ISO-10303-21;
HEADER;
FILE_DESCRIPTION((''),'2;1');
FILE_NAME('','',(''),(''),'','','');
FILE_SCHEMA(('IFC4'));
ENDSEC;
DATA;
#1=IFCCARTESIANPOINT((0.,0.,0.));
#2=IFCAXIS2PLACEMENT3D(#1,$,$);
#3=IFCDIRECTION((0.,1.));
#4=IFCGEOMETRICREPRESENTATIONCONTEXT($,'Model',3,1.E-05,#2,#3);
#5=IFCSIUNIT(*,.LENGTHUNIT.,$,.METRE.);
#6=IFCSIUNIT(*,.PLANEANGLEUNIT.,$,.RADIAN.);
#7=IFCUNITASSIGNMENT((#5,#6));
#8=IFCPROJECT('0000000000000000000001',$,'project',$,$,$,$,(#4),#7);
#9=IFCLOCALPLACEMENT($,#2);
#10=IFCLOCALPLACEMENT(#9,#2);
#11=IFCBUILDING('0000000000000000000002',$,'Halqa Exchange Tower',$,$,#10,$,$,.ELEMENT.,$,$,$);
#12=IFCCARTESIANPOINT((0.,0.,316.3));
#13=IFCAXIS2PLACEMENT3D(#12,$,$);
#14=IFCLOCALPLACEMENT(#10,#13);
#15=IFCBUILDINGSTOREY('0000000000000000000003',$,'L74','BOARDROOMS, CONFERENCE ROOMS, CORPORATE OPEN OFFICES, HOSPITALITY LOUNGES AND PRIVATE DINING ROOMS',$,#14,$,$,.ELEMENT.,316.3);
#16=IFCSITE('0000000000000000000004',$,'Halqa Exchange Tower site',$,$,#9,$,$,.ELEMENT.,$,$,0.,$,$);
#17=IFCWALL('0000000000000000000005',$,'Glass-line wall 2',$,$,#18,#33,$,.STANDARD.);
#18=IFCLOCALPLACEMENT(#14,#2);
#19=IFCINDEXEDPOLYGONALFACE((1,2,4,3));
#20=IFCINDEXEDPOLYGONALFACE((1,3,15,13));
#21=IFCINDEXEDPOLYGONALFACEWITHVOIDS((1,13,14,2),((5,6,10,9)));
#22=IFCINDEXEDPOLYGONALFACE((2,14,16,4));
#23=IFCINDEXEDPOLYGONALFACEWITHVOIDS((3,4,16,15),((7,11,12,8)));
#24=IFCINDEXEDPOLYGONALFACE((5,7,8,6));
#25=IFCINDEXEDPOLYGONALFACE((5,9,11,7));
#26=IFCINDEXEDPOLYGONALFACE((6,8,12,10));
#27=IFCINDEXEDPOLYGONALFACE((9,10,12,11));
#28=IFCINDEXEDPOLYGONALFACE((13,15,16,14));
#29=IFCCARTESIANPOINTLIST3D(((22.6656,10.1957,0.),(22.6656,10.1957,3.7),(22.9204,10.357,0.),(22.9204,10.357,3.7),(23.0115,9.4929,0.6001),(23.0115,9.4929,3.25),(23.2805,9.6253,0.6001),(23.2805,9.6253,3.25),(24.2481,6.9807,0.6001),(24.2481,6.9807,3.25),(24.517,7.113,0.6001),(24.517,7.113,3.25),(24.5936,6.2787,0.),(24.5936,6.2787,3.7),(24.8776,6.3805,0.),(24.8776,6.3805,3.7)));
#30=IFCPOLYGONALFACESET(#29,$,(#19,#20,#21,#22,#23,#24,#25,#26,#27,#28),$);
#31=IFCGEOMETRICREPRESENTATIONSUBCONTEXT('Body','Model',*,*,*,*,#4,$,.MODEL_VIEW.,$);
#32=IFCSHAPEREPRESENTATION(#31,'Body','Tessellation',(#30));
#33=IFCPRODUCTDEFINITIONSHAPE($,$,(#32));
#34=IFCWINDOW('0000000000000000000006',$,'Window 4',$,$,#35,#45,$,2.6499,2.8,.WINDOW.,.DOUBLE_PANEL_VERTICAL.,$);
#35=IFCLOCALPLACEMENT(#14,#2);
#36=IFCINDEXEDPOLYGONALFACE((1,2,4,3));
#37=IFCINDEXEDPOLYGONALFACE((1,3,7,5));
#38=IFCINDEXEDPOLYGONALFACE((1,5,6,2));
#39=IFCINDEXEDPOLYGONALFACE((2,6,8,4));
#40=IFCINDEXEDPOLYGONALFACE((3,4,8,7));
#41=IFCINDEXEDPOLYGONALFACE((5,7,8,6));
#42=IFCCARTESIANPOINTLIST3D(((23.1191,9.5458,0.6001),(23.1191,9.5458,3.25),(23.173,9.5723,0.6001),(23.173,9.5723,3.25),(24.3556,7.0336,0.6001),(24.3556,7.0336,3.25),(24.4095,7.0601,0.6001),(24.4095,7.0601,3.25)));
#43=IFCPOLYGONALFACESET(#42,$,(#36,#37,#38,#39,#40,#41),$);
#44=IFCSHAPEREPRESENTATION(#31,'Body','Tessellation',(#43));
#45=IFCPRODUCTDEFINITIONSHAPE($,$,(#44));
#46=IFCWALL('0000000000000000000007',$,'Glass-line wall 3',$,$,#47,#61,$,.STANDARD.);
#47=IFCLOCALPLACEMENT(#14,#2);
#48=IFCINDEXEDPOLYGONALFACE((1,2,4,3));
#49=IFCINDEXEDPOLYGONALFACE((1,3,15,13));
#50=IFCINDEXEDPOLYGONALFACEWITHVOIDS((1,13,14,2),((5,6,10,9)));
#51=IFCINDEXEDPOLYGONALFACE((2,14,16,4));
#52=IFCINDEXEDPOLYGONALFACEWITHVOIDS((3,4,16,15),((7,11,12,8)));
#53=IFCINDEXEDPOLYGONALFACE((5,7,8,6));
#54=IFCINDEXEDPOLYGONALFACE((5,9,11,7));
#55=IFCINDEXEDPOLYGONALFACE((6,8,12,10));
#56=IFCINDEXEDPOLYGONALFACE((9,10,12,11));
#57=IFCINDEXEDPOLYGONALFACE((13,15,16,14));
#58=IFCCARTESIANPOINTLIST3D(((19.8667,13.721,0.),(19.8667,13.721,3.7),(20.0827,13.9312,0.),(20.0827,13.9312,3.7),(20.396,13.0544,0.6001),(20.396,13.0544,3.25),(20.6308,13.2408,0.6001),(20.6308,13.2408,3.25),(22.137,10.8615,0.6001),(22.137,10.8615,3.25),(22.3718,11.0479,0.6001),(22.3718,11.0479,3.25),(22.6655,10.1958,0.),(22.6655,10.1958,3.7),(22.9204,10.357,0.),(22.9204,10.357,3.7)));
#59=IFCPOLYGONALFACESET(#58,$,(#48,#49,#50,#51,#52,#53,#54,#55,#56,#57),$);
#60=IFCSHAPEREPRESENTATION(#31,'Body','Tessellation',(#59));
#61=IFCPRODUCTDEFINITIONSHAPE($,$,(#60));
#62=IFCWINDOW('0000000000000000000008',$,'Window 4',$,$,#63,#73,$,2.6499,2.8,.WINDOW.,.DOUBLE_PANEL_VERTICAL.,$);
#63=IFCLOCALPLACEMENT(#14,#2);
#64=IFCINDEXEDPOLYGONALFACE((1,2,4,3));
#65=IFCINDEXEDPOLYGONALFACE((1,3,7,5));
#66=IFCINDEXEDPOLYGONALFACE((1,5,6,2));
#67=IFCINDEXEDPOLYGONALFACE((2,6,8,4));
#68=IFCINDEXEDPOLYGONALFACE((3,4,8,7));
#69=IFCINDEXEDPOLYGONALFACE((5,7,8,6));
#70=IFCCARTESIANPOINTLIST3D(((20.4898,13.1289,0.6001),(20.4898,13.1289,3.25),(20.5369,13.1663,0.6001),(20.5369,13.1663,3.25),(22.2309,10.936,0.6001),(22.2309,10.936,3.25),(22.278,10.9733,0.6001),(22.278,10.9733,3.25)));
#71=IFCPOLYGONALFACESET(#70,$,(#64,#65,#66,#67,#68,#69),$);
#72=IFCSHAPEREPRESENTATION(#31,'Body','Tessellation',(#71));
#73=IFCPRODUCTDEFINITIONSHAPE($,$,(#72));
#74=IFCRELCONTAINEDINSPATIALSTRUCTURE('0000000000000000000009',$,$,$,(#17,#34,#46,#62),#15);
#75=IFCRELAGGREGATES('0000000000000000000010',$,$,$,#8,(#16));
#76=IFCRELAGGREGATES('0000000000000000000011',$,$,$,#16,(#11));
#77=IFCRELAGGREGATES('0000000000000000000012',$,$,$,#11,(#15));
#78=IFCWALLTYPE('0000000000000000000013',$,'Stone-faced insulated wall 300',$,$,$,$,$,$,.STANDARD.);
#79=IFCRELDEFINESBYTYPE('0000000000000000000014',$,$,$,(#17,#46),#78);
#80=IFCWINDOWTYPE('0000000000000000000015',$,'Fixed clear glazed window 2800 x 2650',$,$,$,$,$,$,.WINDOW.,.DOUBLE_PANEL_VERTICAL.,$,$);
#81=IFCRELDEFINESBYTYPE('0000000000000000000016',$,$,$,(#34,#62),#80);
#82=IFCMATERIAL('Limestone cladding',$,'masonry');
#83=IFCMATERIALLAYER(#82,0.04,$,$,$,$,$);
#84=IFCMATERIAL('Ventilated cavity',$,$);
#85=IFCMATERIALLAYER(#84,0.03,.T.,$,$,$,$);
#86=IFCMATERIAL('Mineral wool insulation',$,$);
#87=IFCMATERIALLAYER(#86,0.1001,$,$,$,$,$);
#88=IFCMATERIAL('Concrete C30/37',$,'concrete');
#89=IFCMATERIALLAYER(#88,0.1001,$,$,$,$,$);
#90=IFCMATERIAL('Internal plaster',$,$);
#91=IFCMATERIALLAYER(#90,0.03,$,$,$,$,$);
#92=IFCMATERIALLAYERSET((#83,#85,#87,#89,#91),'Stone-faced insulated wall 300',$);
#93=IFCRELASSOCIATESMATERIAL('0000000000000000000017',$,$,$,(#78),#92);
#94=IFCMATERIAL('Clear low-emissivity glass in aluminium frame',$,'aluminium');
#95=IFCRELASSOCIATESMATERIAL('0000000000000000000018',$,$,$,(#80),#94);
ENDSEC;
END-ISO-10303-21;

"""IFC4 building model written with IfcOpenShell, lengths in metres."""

from ifc_helpers import new_model, si_unit, direction, frame, frame_2d, origin, place, context, subcontext, project, spatial, polyline, rectangle, outline, extrude, material, layer, layer_set, type_object, element, fill, save


model = new_model("IFC4")

# Units and contexts
model_context = context("Model", 3, precision=1e-05, world=origin(), true_north=direction((0.0, 1.0)))
body_context = subcontext(model_context, "Body", "Model", "MODEL_VIEW")
ifc_project = project(units=[si_unit("LENGTHUNIT", "METRE"), si_unit("PLANEANGLEUNIT", "RADIAN")], contexts=[model_context])

# Site, building, storey
site_placement = place(None, origin())
site = spatial("IfcSite", under=ifc_project, at=site_placement, Name="Halqa Exchange Tower site", CompositionType="ELEMENT", RefElevation=0.0)
building_placement = place(site_placement, origin())
building = spatial("IfcBuilding", under=site, at=building_placement, Name="Halqa Exchange Tower", CompositionType="ELEMENT")
storey_placement = place(building_placement, frame((0.0, 0.0, 316.3)))
storey = spatial("IfcBuildingStorey", under=building, at=storey_placement, Name="L74", Description="BOARDROOMS, CONFERENCE ROOMS, CORPORATE OPEN OFFICES, HOSPITALITY LOUNGES AND PRIVATE DINING ROOMS", CompositionType="ELEMENT", Elevation=316.3)

# Walls, openings, windows
ifc_material_1 = material(Name="Limestone cladding", Category="masonry")
ifc_layer_1 = layer(ifc_material_1, 0.04)
ifc_material_2 = material(Name="Ventilated cavity")
ifc_layer_2 = layer(ifc_material_2, 0.03, ventilated=True)
ifc_material_3 = material(Name="Mineral wool insulation")
ifc_layer_3 = layer(ifc_material_3, 0.1001)
ifc_material_4 = material(Name="Concrete C30/37", Category="concrete")
ifc_layer_4 = layer(ifc_material_4, 0.1001)
ifc_material_5 = material(Name="Internal plaster")
ifc_layer_5 = layer(ifc_material_5, 0.03)
ifc_layer_set_1 = layer_set([ifc_layer_1, ifc_layer_2, ifc_layer_3, ifc_layer_4, ifc_layer_5], Name="Stone-faced insulated wall 300")
wall_type_1 = type_object("IfcWallType", Name="Stone-faced insulated wall 300", PredefinedType="STANDARD", material=ifc_layer_set_1)
ifc_material_6 = material(Name="Clear low-emissivity glass in aluminium frame", Category="aluminium")
window_type = type_object("IfcWindowType", Name="Fixed clear glazed window 2800 x 2650", PartitioningType="DOUBLE_PANEL_VERTICAL", PredefinedType="WINDOW", material=ifc_material_6)
wall_1_placement = place(storey_placement, frame((24.7356, 6.3296, 0.0), z_axis=(0.0, 0.0, 1.0), x_axis=(-0.44161, 0.897207, 0.0)))
wall_1 = element("IfcWall", 1, at=wall_1_placement, inside=storey, type_object=wall_type_1, Name="Glass-line wall 2", PredefinedType="STANDARD", context=body_context, shape_type="SweptSolid", body=[
    extrude(outline(polyline([(-0.0171, -0.1499), (4.415, -0.1499), (4.3828, 0.1499), (0.0171, 0.1499), (-0.0171, -0.1499)])), origin(), (0.0, 0.0, 1.0), 3.7),
])
opening_1_placement = place(wall_1_placement, frame((0.7996, 0.0, 0.6001)))
opening_1 = element("IfcOpeningElement", 2, at=opening_1_placement, cuts=wall_1, PredefinedType="OPENING", context=body_context, shape_type="SweptSolid", body=[
    extrude(rectangle(XDim=2.8, YDim=2.6499, at=frame_2d((1.3999, 1.325))), frame((0.0, 0.1621, 0.0), z_axis=(0.0, -1.0, 0.0), x_axis=(1.0, 0.0, 0.0)), (0.0, 0.0, 1.0), 0.324),
])
window_1_placement = place(opening_1_placement, origin())
window_1 = element("IfcWindow", 3, at=window_1_placement, inside=storey, type_object=window_type, Name="Window 4", OverallHeight=2.6499, OverallWidth=2.8, PartitioningType="DOUBLE_PANEL_VERTICAL", PredefinedType="WINDOW", context=body_context, shape_type="SweptSolid", body=[
    extrude(rectangle(XDim=2.8, YDim=2.6499, at=frame_2d((1.3999, 1.325))), frame((0.0, 0.03, 0.0), z_axis=(0.0, -1.0, 0.0), x_axis=(1.0, 0.0, 0.0)), (0.0, 0.0, 1.0), 0.0601),
])
fill(opening_1, window_1)
wall_2_placement = place(storey_placement, frame((22.793, 10.2764, 0.0), z_axis=(0.0, 0.0, 1.0), x_axis=(-0.621801, 0.783176, 0.0)))
wall_2 = element("IfcWall", 4, at=wall_2_placement, inside=storey, type_object=wall_type_1, Name="Glass-line wall 3", PredefinedType="STANDARD", context=body_context, shape_type="SweptSolid", body=[
    extrude(outline(polyline([(-0.0161, -0.1499), (4.5476, -0.1499), (4.5173, 0.1499), (0.0161, 0.1499), (-0.0161, -0.1499)])), origin(), (0.0, 0.0, 1.0), 3.7),
])
opening_2_placement = place(wall_2_placement, frame((0.8662, 0.0, 0.6001)))
opening_2 = element("IfcOpeningElement", 5, at=opening_2_placement, cuts=wall_2, PredefinedType="OPENING", context=body_context, shape_type="SweptSolid", body=[
    extrude(rectangle(XDim=2.8, YDim=2.6499, at=frame_2d((1.3999, 1.325))), frame((0.0, 0.1621, 0.0), z_axis=(0.0, -1.0, 0.0), x_axis=(1.0, 0.0, 0.0)), (0.0, 0.0, 1.0), 0.324),
])
window_2_placement = place(opening_2_placement, origin())
window_2 = element("IfcWindow", 6, at=window_2_placement, inside=storey, type_object=window_type, Name="Window 4", OverallHeight=2.6499, OverallWidth=2.8, PartitioningType="DOUBLE_PANEL_VERTICAL", PredefinedType="WINDOW", context=body_context, shape_type="SweptSolid", body=[
    extrude(rectangle(XDim=2.8, YDim=2.6499, at=frame_2d((1.3999, 1.325))), frame((0.0, 0.03, 0.0), z_axis=(0.0, -1.0, 0.0), x_axis=(1.0, 0.0, 0.0)), (0.0, 0.0, 1.0), 0.0601),
])
fill(opening_2, window_2)

save(model, "model.ifc")
